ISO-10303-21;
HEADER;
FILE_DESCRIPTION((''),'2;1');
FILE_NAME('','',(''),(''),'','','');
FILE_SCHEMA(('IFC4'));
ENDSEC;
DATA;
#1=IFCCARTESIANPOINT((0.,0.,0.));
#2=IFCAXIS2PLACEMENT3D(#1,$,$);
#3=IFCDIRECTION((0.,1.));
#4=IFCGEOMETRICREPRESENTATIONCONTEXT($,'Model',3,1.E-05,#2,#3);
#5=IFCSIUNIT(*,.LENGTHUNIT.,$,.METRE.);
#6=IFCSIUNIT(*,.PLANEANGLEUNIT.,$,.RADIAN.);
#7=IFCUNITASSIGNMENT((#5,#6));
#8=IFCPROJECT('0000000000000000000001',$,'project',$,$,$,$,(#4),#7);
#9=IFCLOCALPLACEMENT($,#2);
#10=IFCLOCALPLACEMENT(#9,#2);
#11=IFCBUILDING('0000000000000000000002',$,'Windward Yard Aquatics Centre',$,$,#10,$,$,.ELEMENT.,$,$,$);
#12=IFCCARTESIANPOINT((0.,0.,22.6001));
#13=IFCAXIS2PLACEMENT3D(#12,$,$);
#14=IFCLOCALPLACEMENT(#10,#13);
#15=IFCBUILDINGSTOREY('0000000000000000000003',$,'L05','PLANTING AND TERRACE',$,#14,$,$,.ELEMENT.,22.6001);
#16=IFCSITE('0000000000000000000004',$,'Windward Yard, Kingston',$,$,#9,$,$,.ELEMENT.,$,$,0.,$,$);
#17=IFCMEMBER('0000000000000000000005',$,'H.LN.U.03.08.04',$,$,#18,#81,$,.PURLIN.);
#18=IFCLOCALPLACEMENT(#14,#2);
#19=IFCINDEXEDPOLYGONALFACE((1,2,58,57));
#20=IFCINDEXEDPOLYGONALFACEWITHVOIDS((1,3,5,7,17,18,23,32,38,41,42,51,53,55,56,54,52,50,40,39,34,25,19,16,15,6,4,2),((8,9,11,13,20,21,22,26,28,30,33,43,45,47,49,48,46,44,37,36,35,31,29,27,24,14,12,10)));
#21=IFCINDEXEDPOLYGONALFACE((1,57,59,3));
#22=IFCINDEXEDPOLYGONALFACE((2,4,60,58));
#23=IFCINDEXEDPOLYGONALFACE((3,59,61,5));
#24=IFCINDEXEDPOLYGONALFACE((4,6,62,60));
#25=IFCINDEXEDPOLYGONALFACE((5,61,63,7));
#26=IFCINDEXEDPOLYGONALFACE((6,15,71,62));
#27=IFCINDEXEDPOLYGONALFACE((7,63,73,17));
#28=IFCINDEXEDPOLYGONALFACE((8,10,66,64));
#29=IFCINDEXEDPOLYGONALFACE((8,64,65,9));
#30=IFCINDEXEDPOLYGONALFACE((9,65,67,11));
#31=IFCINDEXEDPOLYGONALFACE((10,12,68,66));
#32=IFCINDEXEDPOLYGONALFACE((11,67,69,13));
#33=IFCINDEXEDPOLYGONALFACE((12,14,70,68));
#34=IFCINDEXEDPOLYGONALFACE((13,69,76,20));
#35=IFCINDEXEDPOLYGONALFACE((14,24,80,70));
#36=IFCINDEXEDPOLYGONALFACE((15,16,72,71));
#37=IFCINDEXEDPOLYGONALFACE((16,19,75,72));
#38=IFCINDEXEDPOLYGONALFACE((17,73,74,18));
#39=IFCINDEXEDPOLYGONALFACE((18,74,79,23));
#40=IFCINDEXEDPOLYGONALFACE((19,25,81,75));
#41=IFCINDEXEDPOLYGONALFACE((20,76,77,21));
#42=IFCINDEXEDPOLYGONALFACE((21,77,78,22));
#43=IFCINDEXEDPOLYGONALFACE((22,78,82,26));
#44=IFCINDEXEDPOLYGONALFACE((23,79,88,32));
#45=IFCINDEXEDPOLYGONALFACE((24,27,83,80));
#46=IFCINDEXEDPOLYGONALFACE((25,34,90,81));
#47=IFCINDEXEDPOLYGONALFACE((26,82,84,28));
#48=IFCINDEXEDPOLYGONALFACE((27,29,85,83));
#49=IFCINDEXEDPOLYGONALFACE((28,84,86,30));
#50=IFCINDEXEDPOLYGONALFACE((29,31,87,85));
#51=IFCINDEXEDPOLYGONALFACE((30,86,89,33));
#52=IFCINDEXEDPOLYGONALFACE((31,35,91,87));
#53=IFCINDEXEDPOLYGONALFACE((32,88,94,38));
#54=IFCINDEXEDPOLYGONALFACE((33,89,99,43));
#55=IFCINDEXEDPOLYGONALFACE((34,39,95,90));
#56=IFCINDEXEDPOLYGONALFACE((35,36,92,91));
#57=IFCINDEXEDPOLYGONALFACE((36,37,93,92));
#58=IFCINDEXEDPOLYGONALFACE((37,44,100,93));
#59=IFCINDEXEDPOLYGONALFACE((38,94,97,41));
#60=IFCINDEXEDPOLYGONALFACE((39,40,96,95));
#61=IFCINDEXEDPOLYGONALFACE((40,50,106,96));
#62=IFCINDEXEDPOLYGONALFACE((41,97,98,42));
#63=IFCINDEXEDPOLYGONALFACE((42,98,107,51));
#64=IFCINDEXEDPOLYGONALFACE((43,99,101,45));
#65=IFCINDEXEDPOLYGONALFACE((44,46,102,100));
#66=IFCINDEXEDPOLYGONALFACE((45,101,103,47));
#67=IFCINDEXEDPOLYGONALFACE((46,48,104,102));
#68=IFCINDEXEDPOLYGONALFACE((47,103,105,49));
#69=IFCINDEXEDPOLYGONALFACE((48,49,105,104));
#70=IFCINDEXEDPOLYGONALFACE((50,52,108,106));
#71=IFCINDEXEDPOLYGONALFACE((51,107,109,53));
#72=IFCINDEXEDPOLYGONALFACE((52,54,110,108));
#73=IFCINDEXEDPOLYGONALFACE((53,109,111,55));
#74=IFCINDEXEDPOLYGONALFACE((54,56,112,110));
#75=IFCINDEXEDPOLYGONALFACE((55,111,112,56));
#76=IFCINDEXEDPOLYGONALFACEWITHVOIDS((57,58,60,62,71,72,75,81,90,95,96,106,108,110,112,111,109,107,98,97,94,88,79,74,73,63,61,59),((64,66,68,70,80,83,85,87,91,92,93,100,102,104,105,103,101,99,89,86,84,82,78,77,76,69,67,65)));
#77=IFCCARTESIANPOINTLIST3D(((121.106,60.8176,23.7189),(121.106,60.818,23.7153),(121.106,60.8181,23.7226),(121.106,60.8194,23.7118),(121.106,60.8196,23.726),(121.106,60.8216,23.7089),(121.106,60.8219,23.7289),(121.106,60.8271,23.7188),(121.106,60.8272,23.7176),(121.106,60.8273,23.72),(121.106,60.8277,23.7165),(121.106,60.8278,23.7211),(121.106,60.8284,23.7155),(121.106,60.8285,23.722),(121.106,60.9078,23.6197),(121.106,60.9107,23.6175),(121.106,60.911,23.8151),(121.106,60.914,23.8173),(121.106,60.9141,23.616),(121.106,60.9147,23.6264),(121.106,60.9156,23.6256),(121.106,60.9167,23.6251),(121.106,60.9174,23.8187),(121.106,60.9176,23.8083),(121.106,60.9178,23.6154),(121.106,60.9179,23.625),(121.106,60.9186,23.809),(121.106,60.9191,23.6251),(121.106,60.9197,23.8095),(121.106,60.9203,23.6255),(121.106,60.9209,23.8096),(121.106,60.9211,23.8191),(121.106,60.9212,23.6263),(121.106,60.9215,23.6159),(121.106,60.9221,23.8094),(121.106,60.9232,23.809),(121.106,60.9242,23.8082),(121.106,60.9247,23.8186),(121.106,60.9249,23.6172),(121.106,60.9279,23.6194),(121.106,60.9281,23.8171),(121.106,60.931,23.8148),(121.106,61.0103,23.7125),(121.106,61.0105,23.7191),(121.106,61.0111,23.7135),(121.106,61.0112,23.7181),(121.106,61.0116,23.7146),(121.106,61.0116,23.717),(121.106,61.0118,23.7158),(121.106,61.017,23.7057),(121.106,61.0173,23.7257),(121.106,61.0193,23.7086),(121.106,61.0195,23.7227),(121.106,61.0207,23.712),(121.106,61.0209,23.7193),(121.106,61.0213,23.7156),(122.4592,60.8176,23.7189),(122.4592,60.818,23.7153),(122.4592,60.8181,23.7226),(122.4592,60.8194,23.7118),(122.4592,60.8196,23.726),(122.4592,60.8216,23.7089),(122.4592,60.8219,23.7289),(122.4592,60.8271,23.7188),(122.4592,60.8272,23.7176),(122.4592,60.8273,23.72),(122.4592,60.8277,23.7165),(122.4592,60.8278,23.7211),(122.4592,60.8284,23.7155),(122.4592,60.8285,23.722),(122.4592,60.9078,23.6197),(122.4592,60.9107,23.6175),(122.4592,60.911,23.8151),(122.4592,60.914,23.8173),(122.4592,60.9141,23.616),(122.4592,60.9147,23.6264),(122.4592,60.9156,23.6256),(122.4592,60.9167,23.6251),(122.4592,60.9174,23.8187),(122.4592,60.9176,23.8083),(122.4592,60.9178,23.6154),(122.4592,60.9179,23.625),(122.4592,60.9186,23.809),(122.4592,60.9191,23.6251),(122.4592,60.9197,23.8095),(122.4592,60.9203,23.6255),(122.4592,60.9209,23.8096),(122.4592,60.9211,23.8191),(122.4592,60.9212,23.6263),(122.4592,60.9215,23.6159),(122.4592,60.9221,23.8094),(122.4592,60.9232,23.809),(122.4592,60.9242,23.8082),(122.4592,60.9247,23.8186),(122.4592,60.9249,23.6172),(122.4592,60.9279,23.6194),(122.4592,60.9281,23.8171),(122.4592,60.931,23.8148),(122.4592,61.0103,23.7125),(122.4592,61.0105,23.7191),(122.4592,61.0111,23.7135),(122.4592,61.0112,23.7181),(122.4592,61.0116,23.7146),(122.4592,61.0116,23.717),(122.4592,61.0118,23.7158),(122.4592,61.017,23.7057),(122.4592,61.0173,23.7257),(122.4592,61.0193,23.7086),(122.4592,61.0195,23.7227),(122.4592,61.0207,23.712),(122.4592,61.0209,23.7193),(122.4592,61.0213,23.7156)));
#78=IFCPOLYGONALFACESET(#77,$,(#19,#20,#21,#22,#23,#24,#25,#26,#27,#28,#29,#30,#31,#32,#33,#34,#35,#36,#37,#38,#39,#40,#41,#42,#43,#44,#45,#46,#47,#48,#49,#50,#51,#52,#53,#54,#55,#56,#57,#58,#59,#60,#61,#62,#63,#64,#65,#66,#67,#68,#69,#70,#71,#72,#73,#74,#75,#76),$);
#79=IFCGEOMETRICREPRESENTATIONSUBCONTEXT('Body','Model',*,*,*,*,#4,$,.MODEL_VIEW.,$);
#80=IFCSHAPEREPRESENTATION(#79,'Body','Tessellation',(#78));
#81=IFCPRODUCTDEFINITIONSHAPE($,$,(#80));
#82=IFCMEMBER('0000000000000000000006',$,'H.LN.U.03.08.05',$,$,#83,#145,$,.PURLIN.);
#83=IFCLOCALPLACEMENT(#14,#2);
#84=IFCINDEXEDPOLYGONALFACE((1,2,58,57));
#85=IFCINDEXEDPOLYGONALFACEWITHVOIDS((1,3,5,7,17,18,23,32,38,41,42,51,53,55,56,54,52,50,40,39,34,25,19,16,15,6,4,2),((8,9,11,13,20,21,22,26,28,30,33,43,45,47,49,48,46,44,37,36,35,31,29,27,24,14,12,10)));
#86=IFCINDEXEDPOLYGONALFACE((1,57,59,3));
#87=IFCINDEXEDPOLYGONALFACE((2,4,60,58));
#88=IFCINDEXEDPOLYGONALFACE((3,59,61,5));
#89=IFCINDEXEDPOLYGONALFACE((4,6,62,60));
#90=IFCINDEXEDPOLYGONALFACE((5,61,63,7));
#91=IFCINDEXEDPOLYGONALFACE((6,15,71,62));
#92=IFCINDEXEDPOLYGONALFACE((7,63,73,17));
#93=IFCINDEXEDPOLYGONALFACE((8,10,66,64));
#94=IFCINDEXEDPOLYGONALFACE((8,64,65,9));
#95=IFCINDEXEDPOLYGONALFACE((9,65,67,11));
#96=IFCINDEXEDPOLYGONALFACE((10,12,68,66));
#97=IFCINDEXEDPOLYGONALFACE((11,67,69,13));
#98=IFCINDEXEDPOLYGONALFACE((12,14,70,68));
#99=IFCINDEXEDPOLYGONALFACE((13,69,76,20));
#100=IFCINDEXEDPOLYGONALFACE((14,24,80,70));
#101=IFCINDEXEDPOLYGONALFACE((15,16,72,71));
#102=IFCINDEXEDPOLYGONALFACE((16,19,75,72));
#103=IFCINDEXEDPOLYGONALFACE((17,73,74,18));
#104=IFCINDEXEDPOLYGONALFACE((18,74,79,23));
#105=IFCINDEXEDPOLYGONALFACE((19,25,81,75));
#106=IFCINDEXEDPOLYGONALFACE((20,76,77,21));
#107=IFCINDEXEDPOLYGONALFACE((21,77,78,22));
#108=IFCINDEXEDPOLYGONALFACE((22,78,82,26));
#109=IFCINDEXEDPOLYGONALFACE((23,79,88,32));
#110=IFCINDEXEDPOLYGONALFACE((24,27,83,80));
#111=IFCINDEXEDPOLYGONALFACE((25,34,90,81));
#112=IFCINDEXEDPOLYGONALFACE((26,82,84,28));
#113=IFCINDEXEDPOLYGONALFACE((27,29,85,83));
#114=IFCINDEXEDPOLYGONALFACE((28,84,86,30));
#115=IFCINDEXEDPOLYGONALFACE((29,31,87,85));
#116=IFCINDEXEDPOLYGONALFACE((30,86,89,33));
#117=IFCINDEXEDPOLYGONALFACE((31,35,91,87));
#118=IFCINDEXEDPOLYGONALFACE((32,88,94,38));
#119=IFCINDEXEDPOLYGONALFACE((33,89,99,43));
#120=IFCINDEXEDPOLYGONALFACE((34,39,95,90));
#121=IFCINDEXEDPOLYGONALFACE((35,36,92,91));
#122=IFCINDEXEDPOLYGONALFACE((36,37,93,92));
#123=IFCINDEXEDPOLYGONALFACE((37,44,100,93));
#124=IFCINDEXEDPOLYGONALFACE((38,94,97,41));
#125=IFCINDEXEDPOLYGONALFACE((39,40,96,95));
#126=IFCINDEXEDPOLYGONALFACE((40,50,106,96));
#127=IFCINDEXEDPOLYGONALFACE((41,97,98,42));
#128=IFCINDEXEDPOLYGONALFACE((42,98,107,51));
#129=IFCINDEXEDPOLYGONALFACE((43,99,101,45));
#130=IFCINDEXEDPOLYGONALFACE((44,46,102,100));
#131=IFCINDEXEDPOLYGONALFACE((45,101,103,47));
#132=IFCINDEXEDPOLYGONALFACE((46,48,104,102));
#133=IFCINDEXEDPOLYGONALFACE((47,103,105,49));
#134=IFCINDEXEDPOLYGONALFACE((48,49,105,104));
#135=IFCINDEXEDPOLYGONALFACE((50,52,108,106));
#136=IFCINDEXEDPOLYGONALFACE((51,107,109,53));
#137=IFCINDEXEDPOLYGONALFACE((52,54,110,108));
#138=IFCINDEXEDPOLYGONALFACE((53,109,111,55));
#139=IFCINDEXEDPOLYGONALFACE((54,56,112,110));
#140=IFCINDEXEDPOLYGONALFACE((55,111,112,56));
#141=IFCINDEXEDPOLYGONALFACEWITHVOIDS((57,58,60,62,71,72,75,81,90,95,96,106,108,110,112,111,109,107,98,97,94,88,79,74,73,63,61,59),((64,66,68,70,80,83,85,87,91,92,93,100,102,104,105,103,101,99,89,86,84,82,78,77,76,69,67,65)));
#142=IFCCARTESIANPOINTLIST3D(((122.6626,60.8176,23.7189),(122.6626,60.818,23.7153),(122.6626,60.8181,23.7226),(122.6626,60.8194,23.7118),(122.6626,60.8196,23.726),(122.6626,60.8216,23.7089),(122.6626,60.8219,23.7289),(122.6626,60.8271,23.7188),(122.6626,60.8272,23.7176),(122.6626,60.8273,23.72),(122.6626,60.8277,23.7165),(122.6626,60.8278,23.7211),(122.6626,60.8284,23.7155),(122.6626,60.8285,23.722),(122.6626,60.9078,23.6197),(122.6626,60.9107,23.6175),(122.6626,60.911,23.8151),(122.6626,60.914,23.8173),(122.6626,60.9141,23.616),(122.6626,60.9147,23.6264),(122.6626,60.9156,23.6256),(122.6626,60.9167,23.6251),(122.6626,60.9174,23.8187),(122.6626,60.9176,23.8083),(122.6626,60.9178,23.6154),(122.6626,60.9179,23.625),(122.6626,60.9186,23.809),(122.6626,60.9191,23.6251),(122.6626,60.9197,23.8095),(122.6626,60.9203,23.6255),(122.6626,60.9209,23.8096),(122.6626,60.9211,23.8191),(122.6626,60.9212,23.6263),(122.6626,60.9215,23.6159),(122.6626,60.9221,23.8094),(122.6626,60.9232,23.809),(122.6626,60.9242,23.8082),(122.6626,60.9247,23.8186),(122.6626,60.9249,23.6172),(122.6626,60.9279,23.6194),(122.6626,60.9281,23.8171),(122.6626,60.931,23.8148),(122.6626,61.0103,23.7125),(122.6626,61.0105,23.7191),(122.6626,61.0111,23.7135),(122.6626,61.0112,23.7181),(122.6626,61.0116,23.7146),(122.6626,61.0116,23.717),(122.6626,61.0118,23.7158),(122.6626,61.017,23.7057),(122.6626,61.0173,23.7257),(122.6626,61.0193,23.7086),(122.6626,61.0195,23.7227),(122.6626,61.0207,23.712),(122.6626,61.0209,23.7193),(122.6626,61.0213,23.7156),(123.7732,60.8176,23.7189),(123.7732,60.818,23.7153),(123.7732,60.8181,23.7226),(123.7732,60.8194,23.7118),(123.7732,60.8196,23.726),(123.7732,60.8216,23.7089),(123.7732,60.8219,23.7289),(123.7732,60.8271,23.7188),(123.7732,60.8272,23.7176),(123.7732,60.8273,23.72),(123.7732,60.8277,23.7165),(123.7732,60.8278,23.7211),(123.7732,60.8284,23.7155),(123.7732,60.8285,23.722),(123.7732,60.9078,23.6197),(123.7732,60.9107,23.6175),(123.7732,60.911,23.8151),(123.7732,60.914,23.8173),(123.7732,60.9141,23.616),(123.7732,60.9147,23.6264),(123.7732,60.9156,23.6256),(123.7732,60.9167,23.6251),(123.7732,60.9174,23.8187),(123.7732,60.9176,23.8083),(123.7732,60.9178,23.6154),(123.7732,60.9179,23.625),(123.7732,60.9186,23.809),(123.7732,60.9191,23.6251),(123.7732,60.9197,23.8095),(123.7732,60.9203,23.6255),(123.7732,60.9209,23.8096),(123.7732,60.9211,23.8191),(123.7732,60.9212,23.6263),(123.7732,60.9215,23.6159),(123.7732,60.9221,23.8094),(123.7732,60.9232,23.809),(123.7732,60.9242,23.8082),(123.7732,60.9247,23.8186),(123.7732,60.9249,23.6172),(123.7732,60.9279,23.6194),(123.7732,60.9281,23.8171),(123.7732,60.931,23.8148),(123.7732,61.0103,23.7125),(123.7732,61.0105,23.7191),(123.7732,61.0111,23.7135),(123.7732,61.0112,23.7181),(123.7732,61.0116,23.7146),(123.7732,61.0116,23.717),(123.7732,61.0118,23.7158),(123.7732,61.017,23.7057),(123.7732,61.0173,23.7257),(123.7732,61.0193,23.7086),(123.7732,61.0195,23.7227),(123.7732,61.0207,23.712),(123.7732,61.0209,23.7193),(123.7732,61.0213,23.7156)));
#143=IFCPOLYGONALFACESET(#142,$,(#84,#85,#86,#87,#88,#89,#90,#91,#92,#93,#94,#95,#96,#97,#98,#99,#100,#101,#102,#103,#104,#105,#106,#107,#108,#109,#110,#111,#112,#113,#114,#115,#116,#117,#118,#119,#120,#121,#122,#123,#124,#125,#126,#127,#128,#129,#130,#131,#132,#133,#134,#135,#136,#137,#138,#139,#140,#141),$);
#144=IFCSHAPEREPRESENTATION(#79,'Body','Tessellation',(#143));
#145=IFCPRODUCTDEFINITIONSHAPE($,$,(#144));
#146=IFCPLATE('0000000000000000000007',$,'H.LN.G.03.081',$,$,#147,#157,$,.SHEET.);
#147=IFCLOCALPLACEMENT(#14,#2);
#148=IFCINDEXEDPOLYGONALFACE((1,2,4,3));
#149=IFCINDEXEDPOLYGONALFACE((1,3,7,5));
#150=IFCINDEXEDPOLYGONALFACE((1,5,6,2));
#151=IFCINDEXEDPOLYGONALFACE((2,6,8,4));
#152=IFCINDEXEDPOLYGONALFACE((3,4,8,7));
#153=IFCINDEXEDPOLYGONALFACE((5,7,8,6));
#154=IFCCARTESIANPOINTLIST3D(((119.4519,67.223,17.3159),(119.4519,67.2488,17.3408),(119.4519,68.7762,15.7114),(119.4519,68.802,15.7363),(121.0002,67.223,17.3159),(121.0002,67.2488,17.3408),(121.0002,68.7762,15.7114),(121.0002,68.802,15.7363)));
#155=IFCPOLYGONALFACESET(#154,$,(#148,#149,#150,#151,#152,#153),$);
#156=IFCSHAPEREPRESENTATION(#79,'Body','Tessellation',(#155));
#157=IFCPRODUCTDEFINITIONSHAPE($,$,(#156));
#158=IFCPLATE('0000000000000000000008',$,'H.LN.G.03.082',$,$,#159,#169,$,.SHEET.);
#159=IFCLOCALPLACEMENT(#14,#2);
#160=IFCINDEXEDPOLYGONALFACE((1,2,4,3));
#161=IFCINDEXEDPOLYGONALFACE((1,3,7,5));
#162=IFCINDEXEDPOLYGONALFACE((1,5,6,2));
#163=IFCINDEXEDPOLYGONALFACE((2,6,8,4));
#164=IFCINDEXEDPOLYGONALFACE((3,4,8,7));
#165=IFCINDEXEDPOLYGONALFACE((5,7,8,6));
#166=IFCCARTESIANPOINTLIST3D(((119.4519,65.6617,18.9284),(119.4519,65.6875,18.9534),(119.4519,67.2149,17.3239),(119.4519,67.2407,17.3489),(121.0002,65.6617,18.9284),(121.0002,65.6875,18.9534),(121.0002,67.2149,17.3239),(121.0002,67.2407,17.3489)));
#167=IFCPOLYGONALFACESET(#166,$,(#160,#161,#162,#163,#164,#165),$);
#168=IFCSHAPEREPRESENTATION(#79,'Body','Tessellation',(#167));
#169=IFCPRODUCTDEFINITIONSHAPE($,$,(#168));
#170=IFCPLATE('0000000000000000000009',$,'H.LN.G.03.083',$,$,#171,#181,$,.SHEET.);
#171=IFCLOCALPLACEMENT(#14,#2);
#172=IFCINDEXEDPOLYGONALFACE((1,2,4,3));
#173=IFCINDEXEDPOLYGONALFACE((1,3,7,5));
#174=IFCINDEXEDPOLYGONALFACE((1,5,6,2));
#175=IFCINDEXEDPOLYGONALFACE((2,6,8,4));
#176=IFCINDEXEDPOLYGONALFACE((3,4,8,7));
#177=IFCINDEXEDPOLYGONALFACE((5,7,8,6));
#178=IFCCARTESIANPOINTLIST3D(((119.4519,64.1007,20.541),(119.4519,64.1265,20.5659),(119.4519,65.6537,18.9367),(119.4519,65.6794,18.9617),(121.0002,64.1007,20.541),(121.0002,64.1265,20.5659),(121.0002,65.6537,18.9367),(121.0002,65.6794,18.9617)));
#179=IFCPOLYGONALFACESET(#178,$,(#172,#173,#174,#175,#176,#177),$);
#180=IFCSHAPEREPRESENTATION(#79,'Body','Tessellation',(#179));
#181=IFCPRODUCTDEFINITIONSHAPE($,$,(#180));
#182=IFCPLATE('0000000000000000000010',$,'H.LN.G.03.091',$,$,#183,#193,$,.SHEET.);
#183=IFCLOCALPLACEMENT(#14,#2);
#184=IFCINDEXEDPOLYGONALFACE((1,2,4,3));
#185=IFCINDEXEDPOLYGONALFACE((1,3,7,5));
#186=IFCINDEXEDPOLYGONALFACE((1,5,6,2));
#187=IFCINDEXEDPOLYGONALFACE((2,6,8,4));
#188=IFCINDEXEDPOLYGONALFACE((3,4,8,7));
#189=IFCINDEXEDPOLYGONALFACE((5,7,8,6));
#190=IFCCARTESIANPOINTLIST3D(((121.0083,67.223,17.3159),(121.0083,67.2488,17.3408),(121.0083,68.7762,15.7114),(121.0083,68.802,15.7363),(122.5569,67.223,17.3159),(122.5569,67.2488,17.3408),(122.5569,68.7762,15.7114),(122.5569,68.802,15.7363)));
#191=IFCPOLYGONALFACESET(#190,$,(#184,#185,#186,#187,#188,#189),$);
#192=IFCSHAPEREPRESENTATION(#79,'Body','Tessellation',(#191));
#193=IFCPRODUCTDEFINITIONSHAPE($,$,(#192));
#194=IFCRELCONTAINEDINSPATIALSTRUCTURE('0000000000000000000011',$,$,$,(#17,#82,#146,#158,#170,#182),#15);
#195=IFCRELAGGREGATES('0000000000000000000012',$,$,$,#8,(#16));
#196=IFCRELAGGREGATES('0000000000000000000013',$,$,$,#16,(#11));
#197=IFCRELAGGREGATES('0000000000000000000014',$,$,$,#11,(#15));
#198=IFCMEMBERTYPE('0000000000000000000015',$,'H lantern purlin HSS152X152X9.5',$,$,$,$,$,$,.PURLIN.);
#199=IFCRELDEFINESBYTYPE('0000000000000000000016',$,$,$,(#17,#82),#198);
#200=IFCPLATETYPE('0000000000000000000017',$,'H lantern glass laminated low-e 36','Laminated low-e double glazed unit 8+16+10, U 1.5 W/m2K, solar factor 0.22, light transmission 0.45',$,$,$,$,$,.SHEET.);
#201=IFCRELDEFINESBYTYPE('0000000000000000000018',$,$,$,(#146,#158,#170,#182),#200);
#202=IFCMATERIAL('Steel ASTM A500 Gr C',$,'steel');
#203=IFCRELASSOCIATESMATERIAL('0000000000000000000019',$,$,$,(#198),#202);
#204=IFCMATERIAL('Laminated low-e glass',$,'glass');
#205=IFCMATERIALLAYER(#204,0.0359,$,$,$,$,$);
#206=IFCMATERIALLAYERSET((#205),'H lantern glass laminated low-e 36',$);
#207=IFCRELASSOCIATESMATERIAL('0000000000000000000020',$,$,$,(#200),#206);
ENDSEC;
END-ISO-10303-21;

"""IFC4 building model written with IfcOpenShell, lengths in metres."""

from ifc_helpers import new_model, si_unit, direction, frame, origin, origin_2d, place, context, subcontext, project, spatial, polyline, hollow_rectangle, outline, extrude, material, layer, layer_set, material_profile, profile_set, type_object, element, save


model = new_model("IFC4")

# Units and contexts
model_context = context("Model", 3, precision=1e-05, world=origin(), true_north=direction((0.0, 1.0)))
body_context = subcontext(model_context, "Body", "Model", "MODEL_VIEW")
ifc_project = project(units=[si_unit("LENGTHUNIT", "METRE"), si_unit("PLANEANGLEUNIT", "RADIAN")], contexts=[model_context])

# Site, building, storey
site_placement = place(None, origin())
site = spatial("IfcSite", under=ifc_project, at=site_placement, Name="Windward Yard, Kingston", CompositionType="ELEMENT", RefElevation=0.0)
building_placement = place(site_placement, origin())
building = spatial("IfcBuilding", under=site, at=building_placement, Name="Windward Yard Aquatics Centre", CompositionType="ELEMENT")
storey_placement = place(building_placement, frame((0.0, 0.0, 22.6001)))
storey = spatial("IfcBuildingStorey", under=building, at=storey_placement, Name="L05", Description="PLANTING AND TERRACE", CompositionType="ELEMENT", Elevation=22.6001)

# Members
ifc_material_1 = material(Name="Steel ASTM A500 Gr C", Category="steel")
ifc_material_profile = material_profile(ifc_material_1, hollow_rectangle(XDim=0.1523, YDim=0.1523, WallThickness=0.0095, InnerFilletRadius=0.0046, OuterFilletRadius=0.0142, at=origin_2d()), Name="HSS152X152X9.5")
ifc_profile_set = profile_set([ifc_material_profile], Name="Steel ASTM A500 Gr C")
member_type = type_object("IfcMemberType", Name="H lantern purlin HSS152X152X9.5", PredefinedType="PURLIN", material=ifc_profile_set)
for number, where, z_axis, x_axis, name in (
    (1, (121.106, 60.9194, 23.7173), (1.0, 0.0, 0.0), (0.0, 0.69555, -0.718477), "H.LN.U.03.08.04"),
):
    element("IfcMember", number, at=place(storey_placement, frame(where, z_axis=z_axis, x_axis=x_axis)), inside=storey, type_object=member_type, Name=name, PredefinedType="PURLIN", context=body_context, shape_type="SweptSolid", body=[
        extrude(hollow_rectangle(XDim=0.1523, YDim=0.1523, WallThickness=0.0095, InnerFilletRadius=0.0046, OuterFilletRadius=0.0142, at=origin_2d()), origin(), (0.0, 0.0, 1.0), 1.3533),
    ])
member_placement = place(storey_placement, frame((122.6626, 60.9194, 23.7173), z_axis=(1.0, 0.0, 0.0), x_axis=(0.0, 0.69555, -0.718477)))
element("IfcMember", 2, at=member_placement, inside=storey, type_object=member_type, Name="H.LN.U.03.08.05", PredefinedType="PURLIN", context=body_context, shape_type="SweptSolid", body=[
    extrude(hollow_rectangle(XDim=0.1523, YDim=0.1523, WallThickness=0.0095, InnerFilletRadius=0.0046, OuterFilletRadius=0.0142, at=origin_2d()), origin(), (0.0, 0.0, 1.0), 1.1106),
])

# Plates
ifc_material_2 = material(Name="Laminated low-e glass", Category="glass")
ifc_layer = layer(ifc_material_2, 0.0359)
ifc_layer_set = layer_set([ifc_layer], Name="H lantern glass laminated low-e 36")
plate_type = type_object("IfcPlateType", Name="H lantern glass laminated low-e 36", Description="Laminated low-e double glazed unit 8+16+10, U 1.5 W/m2K, solar factor 0.22, light transmission 0.45", PredefinedType="SHEET", material=ifc_layer_set)
for number, where, z_axis, x_axis, name in (
    (3, (119.4519, 67.2488, 17.3408), (0.0, 0.718493, 0.695534), (0.0, 0.695534, -0.718493), "H.LN.G.03.081"),
    (4, (119.4519, 65.6875, 18.9534), (0.0, 0.718493, 0.695534), (0.0, 0.695534, -0.718493), "H.LN.G.03.082"),
):
    element("IfcPlate", number, at=place(storey_placement, frame(where, z_axis=z_axis, x_axis=x_axis)), inside=storey, type_object=plate_type, Name=name, PredefinedType="SHEET", context=body_context, shape_type="SweptSolid", body=[
        extrude(outline(polyline([(0.0, 0.0), (2.2331, 0.0), (2.2331, -1.5483), (0.0, -1.5483), (0.0, 0.0)])), origin(), (0.0, 0.0, -1.0), 0.0359),
    ])
plate_1_placement = place(storey_placement, frame((119.4519, 64.1265, 20.5659), z_axis=(0.0, 0.718495, 0.695533), x_axis=(0.0, 0.695533, -0.718495)))
element("IfcPlate", 5, at=plate_1_placement, inside=storey, type_object=plate_type, Name="H.LN.G.03.083", PredefinedType="SHEET", context=body_context, shape_type="SweptSolid", body=[
    extrude(outline(polyline([(0.0, 0.0), (2.2328, 0.0), (2.2328, -1.5483), (0.0, -1.5483), (0.0, 0.0)])), origin(), (0.0, 0.0, -1.0), 0.0359),
])
for number, where, z_axis, x_axis, name in (
    (6, (121.0083, 67.2488, 17.3408), (0.0, 0.718493, 0.695534), (0.0, 0.695534, -0.718493), "H.LN.G.03.091"),
):
    element("IfcPlate", number, at=place(storey_placement, frame(where, z_axis=z_axis, x_axis=x_axis)), inside=storey, type_object=plate_type, Name=name, PredefinedType="SHEET", context=body_context, shape_type="SweptSolid", body=[
        extrude(outline(polyline([(0.0, 0.0), (2.2331, 0.0), (2.2331, -1.5486), (0.0, -1.5486), (0.0, 0.0)])), origin(), (0.0, 0.0, -1.0), 0.0359),
    ])

save(model, "model.ifc")
